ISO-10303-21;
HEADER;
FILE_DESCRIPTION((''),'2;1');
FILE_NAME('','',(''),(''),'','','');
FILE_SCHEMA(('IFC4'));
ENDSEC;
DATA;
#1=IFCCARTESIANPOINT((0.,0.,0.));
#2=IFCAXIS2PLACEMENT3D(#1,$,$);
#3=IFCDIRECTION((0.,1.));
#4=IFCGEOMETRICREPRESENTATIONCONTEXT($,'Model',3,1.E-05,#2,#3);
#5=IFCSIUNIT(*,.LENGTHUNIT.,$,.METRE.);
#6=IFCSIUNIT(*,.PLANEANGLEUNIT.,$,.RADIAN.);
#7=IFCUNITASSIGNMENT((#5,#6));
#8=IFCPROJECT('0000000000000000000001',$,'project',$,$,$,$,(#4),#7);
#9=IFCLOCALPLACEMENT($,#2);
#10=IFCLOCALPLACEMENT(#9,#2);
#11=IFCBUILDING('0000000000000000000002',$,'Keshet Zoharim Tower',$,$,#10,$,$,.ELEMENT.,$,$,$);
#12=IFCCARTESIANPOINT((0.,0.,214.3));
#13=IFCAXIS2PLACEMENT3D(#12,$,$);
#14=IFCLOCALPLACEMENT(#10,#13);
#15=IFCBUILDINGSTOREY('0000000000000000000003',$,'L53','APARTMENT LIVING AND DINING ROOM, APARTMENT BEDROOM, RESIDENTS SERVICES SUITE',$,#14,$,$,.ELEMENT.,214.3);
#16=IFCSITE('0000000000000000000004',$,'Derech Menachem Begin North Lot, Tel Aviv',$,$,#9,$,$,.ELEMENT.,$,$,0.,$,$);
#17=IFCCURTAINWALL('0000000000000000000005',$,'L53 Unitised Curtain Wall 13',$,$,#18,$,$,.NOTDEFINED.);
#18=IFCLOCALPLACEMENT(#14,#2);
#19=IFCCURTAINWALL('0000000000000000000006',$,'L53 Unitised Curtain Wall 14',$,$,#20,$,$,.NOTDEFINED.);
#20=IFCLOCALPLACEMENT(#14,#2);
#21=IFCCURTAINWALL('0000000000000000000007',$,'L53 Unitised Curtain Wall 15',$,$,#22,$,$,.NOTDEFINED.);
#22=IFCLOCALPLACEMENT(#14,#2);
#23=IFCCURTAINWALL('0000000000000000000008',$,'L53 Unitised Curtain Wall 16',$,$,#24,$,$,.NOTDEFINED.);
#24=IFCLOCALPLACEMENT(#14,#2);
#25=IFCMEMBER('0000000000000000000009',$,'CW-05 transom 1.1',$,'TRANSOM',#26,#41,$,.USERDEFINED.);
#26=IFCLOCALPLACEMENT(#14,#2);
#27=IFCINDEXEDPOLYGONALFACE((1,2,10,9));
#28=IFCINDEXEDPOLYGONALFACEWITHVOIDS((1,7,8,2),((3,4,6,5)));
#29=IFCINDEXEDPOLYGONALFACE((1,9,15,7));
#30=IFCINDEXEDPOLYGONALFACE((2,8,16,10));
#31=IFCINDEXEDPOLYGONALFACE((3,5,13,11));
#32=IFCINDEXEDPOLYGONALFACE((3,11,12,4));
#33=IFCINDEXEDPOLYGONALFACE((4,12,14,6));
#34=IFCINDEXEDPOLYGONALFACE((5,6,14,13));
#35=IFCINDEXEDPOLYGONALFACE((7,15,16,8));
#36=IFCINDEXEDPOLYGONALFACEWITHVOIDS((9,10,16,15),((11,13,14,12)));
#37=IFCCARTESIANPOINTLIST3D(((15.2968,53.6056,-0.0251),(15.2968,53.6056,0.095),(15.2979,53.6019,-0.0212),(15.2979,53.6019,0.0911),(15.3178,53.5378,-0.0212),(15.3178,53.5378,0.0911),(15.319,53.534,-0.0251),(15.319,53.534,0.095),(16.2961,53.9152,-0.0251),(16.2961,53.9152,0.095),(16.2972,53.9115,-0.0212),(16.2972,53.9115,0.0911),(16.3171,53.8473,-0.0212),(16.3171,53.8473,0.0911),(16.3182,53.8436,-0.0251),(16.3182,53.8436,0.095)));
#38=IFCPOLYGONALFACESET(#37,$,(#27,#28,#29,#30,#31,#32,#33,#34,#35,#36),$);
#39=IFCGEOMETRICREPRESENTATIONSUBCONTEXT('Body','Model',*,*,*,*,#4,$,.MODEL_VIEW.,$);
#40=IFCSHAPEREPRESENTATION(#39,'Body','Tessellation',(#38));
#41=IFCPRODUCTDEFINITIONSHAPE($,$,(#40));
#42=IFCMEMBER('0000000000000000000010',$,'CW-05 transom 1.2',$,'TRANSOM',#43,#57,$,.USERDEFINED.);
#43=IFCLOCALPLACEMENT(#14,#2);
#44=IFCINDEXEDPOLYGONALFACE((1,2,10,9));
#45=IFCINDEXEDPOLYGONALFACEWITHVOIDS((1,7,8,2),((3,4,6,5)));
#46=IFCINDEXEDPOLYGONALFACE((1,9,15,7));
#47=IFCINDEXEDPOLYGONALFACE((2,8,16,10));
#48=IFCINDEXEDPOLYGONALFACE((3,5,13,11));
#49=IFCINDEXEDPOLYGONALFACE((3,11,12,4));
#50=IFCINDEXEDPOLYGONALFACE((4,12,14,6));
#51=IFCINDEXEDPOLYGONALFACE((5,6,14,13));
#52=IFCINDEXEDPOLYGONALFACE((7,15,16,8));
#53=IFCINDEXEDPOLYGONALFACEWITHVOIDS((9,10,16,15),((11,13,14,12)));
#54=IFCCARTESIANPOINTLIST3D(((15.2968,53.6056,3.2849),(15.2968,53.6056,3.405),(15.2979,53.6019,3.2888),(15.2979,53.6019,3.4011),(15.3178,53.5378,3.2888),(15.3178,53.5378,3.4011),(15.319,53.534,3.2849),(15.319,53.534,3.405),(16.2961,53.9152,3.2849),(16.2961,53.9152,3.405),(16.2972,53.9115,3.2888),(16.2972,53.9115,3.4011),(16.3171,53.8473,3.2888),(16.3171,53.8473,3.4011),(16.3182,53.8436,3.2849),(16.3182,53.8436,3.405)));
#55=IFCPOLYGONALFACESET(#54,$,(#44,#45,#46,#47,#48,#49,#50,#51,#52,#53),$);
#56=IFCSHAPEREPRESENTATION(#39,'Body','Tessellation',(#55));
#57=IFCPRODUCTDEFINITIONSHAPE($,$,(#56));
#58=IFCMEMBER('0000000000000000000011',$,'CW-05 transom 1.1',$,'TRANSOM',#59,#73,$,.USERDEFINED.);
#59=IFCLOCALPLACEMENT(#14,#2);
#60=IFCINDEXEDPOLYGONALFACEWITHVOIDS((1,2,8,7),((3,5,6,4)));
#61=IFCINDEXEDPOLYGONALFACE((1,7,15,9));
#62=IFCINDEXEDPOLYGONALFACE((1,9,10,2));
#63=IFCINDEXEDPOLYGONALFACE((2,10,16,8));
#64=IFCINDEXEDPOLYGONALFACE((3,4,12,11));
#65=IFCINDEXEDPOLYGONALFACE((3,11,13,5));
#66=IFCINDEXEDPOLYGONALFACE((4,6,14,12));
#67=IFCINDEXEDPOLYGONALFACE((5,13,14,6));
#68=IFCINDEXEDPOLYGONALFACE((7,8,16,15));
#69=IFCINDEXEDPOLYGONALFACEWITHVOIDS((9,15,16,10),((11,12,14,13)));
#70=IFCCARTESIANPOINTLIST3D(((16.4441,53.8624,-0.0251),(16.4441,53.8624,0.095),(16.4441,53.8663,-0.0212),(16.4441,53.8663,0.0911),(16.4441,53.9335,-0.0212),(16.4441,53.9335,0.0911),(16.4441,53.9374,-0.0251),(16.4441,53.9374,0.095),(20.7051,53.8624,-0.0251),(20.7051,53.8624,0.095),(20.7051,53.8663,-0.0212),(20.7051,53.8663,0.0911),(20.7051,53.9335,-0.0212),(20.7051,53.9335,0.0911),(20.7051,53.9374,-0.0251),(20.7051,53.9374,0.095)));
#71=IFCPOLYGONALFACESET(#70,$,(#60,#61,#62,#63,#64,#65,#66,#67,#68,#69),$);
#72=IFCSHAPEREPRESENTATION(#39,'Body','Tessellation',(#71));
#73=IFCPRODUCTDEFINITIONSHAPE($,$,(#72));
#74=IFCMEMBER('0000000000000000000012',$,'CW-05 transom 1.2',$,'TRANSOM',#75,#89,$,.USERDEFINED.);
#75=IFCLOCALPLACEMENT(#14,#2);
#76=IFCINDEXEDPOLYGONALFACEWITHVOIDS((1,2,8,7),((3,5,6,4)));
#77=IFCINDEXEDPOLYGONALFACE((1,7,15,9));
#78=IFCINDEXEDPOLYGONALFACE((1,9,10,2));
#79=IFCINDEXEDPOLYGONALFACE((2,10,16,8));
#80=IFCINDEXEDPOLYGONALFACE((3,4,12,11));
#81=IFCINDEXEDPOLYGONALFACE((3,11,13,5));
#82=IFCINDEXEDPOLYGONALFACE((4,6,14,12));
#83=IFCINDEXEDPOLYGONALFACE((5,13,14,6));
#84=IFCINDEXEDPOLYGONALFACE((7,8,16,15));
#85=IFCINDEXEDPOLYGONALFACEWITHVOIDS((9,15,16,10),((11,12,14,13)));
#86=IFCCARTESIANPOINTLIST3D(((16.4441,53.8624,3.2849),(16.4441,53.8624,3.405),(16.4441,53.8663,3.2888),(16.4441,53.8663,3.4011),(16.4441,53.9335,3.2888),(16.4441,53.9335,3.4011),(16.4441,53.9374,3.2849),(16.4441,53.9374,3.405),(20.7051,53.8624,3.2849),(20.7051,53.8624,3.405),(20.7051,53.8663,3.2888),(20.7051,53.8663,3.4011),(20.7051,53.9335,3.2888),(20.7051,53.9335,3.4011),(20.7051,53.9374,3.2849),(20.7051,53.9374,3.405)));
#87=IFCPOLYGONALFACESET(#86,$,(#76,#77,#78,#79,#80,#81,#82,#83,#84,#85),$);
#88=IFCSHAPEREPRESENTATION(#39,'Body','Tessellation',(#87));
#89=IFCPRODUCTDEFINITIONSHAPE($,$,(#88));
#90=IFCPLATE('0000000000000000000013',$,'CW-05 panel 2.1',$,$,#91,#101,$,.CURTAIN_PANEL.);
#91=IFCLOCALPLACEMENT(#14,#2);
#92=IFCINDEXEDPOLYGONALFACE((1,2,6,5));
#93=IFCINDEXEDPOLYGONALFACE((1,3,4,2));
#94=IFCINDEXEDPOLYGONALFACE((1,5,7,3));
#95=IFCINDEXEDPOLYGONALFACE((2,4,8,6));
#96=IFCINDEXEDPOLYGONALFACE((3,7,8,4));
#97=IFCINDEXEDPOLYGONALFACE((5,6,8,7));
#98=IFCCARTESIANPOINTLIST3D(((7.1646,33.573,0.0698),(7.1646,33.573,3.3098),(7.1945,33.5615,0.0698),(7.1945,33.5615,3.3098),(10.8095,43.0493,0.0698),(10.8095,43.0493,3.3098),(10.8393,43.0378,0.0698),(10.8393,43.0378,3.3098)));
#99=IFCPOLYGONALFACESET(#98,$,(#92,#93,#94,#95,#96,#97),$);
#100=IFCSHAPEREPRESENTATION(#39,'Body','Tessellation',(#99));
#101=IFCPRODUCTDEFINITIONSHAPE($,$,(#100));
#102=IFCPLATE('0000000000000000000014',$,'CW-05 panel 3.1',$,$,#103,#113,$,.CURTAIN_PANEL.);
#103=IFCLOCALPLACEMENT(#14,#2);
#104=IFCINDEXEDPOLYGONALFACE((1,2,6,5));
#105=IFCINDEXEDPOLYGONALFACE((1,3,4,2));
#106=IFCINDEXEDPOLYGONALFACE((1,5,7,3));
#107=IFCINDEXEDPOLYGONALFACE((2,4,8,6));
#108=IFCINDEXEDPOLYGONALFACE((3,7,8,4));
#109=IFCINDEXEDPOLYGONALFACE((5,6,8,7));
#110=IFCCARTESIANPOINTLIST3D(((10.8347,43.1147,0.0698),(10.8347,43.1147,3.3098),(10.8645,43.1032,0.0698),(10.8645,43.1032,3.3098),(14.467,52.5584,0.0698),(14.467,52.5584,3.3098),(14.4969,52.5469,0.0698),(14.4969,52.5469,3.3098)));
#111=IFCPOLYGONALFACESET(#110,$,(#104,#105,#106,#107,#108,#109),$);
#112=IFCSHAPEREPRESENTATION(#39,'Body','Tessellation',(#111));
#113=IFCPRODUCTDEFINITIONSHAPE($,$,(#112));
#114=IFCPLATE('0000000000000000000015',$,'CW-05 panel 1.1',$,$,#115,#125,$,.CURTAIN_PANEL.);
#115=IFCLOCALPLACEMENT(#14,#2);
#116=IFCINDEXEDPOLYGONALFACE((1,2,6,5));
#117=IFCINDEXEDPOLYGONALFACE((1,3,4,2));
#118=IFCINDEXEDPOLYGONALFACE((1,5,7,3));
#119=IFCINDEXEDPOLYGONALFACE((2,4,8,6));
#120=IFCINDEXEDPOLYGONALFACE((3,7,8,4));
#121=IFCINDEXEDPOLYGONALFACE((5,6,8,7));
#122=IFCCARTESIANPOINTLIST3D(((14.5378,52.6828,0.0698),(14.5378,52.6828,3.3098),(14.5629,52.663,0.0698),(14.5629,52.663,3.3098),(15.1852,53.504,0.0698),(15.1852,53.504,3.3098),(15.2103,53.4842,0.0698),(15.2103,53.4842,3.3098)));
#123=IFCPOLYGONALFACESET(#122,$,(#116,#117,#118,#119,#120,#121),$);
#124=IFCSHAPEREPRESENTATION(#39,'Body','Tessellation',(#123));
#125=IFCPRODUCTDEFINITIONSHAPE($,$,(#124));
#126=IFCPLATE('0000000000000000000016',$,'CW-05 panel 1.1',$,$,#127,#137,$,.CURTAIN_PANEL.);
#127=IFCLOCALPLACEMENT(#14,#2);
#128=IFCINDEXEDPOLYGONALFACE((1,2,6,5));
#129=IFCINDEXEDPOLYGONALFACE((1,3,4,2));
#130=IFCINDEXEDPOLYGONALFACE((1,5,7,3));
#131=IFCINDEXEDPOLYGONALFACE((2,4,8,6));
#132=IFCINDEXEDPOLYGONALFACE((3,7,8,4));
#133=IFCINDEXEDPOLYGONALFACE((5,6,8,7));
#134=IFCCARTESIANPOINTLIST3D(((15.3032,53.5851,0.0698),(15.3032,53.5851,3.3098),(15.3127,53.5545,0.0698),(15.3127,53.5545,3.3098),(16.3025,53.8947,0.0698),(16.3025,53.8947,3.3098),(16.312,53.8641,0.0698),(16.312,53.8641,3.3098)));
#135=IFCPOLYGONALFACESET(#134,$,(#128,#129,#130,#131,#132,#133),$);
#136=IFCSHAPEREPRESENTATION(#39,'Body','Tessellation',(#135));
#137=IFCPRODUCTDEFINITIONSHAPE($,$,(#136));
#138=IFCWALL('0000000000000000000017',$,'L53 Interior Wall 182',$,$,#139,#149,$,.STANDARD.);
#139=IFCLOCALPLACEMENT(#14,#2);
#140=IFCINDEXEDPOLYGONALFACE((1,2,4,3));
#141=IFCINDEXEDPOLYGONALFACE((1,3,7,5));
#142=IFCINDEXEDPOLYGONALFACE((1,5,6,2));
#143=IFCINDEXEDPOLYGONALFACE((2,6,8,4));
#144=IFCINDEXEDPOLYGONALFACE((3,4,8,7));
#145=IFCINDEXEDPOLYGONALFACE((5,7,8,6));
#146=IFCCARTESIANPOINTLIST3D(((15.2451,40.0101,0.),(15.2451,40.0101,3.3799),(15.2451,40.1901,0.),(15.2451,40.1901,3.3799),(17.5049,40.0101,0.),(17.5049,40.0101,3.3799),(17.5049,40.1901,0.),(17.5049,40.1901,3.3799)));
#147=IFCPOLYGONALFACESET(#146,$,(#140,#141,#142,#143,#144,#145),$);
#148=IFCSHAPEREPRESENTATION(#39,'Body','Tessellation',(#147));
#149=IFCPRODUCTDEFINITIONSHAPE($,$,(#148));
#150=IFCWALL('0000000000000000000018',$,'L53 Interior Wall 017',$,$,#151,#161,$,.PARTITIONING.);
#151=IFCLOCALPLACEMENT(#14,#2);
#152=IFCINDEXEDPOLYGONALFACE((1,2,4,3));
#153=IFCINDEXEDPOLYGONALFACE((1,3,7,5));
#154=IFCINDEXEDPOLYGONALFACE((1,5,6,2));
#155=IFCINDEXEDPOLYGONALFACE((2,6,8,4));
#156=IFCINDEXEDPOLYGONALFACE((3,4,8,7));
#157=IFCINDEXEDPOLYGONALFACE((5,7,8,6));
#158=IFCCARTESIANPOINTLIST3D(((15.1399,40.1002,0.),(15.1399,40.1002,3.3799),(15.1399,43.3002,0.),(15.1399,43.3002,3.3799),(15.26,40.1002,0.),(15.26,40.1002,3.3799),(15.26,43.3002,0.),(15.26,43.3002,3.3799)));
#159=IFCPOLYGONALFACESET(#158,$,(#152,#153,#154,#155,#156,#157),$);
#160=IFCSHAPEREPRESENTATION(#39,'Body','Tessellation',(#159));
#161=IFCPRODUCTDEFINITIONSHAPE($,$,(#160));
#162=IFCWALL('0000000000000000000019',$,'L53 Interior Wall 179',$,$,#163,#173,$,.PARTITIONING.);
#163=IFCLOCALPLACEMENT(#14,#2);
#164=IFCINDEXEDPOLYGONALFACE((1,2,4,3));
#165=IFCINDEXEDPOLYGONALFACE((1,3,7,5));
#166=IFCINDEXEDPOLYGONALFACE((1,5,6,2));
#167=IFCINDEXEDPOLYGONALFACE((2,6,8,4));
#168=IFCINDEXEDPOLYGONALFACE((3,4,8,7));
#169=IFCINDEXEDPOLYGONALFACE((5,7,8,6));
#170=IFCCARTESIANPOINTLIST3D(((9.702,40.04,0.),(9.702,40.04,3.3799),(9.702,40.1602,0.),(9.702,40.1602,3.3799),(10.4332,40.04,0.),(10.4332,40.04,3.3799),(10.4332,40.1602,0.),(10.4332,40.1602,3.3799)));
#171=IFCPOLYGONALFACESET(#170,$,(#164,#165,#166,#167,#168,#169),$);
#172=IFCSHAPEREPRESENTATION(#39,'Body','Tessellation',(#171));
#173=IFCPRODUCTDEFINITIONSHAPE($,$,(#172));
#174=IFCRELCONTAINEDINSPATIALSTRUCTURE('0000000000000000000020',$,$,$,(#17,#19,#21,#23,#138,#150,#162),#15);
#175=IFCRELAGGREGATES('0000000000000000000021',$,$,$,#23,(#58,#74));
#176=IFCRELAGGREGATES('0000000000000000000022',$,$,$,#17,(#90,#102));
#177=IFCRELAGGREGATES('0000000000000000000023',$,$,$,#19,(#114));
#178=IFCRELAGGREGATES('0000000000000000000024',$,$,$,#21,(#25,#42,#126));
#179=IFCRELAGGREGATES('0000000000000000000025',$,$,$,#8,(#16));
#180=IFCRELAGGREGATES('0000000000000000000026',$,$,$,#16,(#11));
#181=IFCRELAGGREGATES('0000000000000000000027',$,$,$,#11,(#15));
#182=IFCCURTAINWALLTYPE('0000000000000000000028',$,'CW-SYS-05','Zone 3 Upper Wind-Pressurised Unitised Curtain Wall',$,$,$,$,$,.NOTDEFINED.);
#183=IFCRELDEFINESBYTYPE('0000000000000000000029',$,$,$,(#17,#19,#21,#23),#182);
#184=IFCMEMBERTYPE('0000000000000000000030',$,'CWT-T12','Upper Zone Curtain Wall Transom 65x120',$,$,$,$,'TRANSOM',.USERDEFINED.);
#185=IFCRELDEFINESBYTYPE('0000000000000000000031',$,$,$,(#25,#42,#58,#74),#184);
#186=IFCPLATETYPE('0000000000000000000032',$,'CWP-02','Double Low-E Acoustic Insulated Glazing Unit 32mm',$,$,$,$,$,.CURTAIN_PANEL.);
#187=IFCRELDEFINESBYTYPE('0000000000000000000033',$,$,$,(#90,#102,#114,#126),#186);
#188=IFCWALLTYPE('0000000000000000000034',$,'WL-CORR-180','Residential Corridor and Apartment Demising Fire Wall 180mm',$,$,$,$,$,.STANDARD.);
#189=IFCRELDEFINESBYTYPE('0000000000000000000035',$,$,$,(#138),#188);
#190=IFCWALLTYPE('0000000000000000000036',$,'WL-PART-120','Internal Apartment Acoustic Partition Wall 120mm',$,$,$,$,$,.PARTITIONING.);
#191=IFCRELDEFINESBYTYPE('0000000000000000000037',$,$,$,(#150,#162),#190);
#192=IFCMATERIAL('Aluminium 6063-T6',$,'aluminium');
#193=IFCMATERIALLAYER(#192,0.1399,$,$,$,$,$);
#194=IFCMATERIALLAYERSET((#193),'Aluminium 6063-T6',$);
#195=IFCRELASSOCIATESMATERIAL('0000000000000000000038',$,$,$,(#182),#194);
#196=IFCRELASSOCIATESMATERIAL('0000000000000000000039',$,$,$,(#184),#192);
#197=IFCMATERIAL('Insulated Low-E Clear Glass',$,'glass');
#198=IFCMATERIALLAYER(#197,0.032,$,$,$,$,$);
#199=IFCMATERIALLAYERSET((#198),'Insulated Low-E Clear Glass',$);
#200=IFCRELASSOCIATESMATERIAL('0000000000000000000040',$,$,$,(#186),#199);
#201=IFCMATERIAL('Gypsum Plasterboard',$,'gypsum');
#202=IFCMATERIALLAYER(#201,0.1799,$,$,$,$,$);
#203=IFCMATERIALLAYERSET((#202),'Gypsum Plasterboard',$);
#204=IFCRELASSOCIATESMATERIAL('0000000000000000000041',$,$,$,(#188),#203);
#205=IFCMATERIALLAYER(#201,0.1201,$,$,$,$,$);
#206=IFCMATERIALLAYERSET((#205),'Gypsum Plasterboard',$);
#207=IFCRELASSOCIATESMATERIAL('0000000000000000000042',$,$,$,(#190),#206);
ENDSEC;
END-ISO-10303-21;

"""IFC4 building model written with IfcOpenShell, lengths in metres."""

from ifc_helpers import new_model, si_unit, direction, frame, frame_2d, origin, origin_2d, place, context, subcontext, project, spatial, rectangle, hollow_rectangle, extrude, material, layer, layer_set, material_profile, profile_set, type_object, element, aggregate, save


model = new_model("IFC4")

# Units and contexts
model_context = context("Model", 3, precision=1e-05, world=origin(), true_north=direction((0.0, 1.0)))
body_context = subcontext(model_context, "Body", "Model", "MODEL_VIEW")
ifc_project = project(units=[si_unit("LENGTHUNIT", "METRE"), si_unit("PLANEANGLEUNIT", "RADIAN")], contexts=[model_context])

# Site, building, storey
site_placement = place(None, origin())
site = spatial("IfcSite", under=ifc_project, at=site_placement, Name="Derech Menachem Begin North Lot, Tel Aviv", CompositionType="ELEMENT", RefElevation=0.0)
building_placement = place(site_placement, origin())
building = spatial("IfcBuilding", under=site, at=building_placement, Name="Keshet Zoharim Tower", CompositionType="ELEMENT")
storey_placement = place(building_placement, frame((0.0, 0.0, 214.3)))
storey = spatial("IfcBuildingStorey", under=building, at=storey_placement, Name="L53", Description="APARTMENT LIVING AND DINING ROOM, APARTMENT BEDROOM, RESIDENTS SERVICES SUITE", CompositionType="ELEMENT", Elevation=214.3)

# Curtain walls
ifc_material_1 = material(Name="Aluminium 6063-T6", Category="aluminium")
ifc_layer_1 = layer(ifc_material_1, 0.1399)
ifc_layer_set_1 = layer_set([ifc_layer_1], Name="Aluminium 6063-T6")
curtain_wall_type = type_object("IfcCurtainWallType", Name="CW-SYS-05", Description="Zone 3 Upper Wind-Pressurised Unitised Curtain Wall", PredefinedType="NOTDEFINED", material=ifc_layer_set_1)
curtain_wall_1_placement = place(storey_placement, origin())
curtain_wall_1 = element("IfcCurtainWall", 1, at=curtain_wall_1_placement, inside=storey, type_object=curtain_wall_type, Name="L53 Unitised Curtain Wall 13", PredefinedType="NOTDEFINED")
curtain_wall_2_placement = place(storey_placement, origin())
curtain_wall_2 = element("IfcCurtainWall", 2, at=curtain_wall_2_placement, inside=storey, type_object=curtain_wall_type, Name="L53 Unitised Curtain Wall 14", PredefinedType="NOTDEFINED")
curtain_wall_3_placement = place(storey_placement, origin())
curtain_wall_3 = element("IfcCurtainWall", 3, at=curtain_wall_3_placement, inside=storey, type_object=curtain_wall_type, Name="L53 Unitised Curtain Wall 15", PredefinedType="NOTDEFINED")

# Curtain wall
curtain_wall_4_placement = place(storey_placement, origin())
curtain_wall_4 = element("IfcCurtainWall", 4, at=curtain_wall_4_placement, inside=storey, type_object=curtain_wall_type, Name="L53 Unitised Curtain Wall 16", PredefinedType="NOTDEFINED")

# Members
ifc_material_profile_1 = material_profile(ifc_material_1, hollow_rectangle(XDim=0.075, YDim=0.1201, WallThickness=0.0039, at=origin_2d()), Name="TRN-75x120")
ifc_profile_set_1 = profile_set([ifc_material_profile_1], Name="Aluminium 6063-T6")
member_type_1 = type_object("IfcMemberType", Name="CWT-T12", Description="Upper Zone Curtain Wall Transom 65x120", ElementType="TRANSOM", PredefinedType="USERDEFINED", material=ifc_profile_set_1)
member_1_placement = place(storey_placement, frame((15.3079, 53.5698, 0.0349), z_axis=(0.955212, 0.295922, 0.0), x_axis=(-0.295922, 0.955212, 0.0)))
member_1 = element("IfcMember", 5, at=member_1_placement, type_object=member_type_1, Name="CW-05 transom 1.1", ObjectType="TRANSOM", PredefinedType="USERDEFINED", context=body_context, shape_type="SweptSolid", body=[
    extrude(hollow_rectangle(XDim=0.075, YDim=0.1201, WallThickness=0.0039, at=origin_2d()), origin(), (0.0, 0.0, 1.0), 1.0461),
])
member_2_placement = place(storey_placement, frame((15.3079, 53.5698, 3.345), z_axis=(0.955212, 0.295922, 0.0), x_axis=(-0.295922, 0.955212, 0.0)))
member_2 = element("IfcMember", 6, at=member_2_placement, type_object=member_type_1, Name="CW-05 transom 1.2", ObjectType="TRANSOM", PredefinedType="USERDEFINED", context=body_context, shape_type="SweptSolid", body=[
    extrude(hollow_rectangle(XDim=0.075, YDim=0.1201, WallThickness=0.0039, at=origin_2d()), origin(), (0.0, 0.0, 1.0), 1.0461),
])
member_3_placement = place(storey_placement, frame((16.4441, 53.8999, 0.0349), z_axis=(1.0, 0.0, 0.0), x_axis=(0.0, 1.0, 0.0)))
member_3 = element("IfcMember", 7, at=member_3_placement, type_object=member_type_1, Name="CW-05 transom 1.1", ObjectType="TRANSOM", PredefinedType="USERDEFINED", context=body_context, shape_type="SweptSolid", body=[
    extrude(hollow_rectangle(XDim=0.075, YDim=0.1201, WallThickness=0.0039, at=origin_2d()), origin(), (0.0, 0.0, 1.0), 4.261),
])
member_4_placement = place(storey_placement, frame((16.4441, 53.8999, 3.345), z_axis=(1.0, 0.0, 0.0), x_axis=(0.0, 1.0, 0.0)))
member_4 = element("IfcMember", 8, at=member_4_placement, type_object=member_type_1, Name="CW-05 transom 1.2", ObjectType="TRANSOM", PredefinedType="USERDEFINED", context=body_context, shape_type="SweptSolid", body=[
    extrude(hollow_rectangle(XDim=0.075, YDim=0.1201, WallThickness=0.0039, at=origin_2d()), origin(), (0.0, 0.0, 1.0), 4.261),
])
aggregate(curtain_wall_4, [member_3, member_4])

# Plates
ifc_material_2 = material(Name="Insulated Low-E Clear Glass", Category="glass")
ifc_layer_2 = layer(ifc_material_2, 0.032)
ifc_layer_set_2 = layer_set([ifc_layer_2], Name="Insulated Low-E Clear Glass")
plate_type = type_object("IfcPlateType", Name="CWP-02", Description="Double Low-E Acoustic Insulated Glazing Unit 32mm", PredefinedType="CURTAIN_PANEL", material=ifc_layer_set_2)
plate_1_placement = place(storey_placement, frame((9.002, 38.3054, 0.0698), z_axis=(0.0, 0.0, 1.0), x_axis=(0.35899, 0.933341, 0.0)))
plate_1 = element("IfcPlate", 9, at=plate_1_placement, type_object=plate_type, Name="CW-05 panel 2.1", PredefinedType="CURTAIN_PANEL", context=body_context, shape_type="SweptSolid", body=[
    extrude(rectangle(XDim=10.1531, YDim=0.032, at=origin_2d()), origin(), (0.0, 0.0, 1.0), 3.24),
])
plate_2_placement = place(storey_placement, frame((12.6658, 47.8308, 0.0698), z_axis=(0.0, 0.0, 1.0), x_axis=(0.35899, 0.933341, 0.0)))
plate_2 = element("IfcPlate", 10, at=plate_2_placement, type_object=plate_type, Name="CW-05 panel 3.1", PredefinedType="CURTAIN_PANEL", context=body_context, shape_type="SweptSolid", body=[
    extrude(rectangle(XDim=10.1182, YDim=0.032, at=origin_2d()), origin(), (0.0, 0.0, 1.0), 3.24),
])
aggregate(curtain_wall_1, [plate_1, plate_2])
plate_3_placement = place(storey_placement, frame((14.874, 53.0835, 0.0698), z_axis=(0.0, 0.0, 1.0), x_axis=(0.619125, 0.785293, 0.0)))
plate_3 = element("IfcPlate", 11, at=plate_3_placement, type_object=plate_type, Name="CW-05 panel 1.1", PredefinedType="CURTAIN_PANEL", context=body_context, shape_type="SweptSolid", body=[
    extrude(rectangle(XDim=1.0457, YDim=0.032, at=origin_2d()), origin(), (0.0, 0.0, 1.0), 3.24),
])
aggregate(curtain_wall_2, [plate_3])
plate_4_placement = place(storey_placement, frame((15.8076, 53.7246, 0.0698), z_axis=(0.0, 0.0, 1.0), x_axis=(0.955212, 0.295922, 0.0)))
plate_4 = element("IfcPlate", 12, at=plate_4_placement, type_object=plate_type, Name="CW-05 panel 1.1", PredefinedType="CURTAIN_PANEL", context=body_context, shape_type="SweptSolid", body=[
    extrude(rectangle(XDim=1.0461, YDim=0.032, at=origin_2d()), origin(), (0.0, 0.0, 1.0), 3.24),
])
aggregate(curtain_wall_3, [member_1, member_2, plate_4])

# Shared definitions
ifc_material_3 = material(Name="Gypsum Plasterboard", Category="gypsum")
ifc_layer_3 = layer(ifc_material_3, 0.1799)
ifc_layer_set_3 = layer_set([ifc_layer_3], Name="Gypsum Plasterboard")
wall_type_1 = type_object("IfcWallType", Name="WL-CORR-180", Description="Residential Corridor and Apartment Demising Fire Wall 180mm", PredefinedType="STANDARD", material=ifc_layer_set_3)

# Walls
wall_1_placement = place(storey_placement, frame((15.2451, 40.1001, 0.0), z_axis=(0.0, 0.0, 1.0), x_axis=(1.0, 0.0, 0.0)))
element("IfcWall", 13, at=wall_1_placement, inside=storey, type_object=wall_type_1, Name="L53 Interior Wall 182", PredefinedType="STANDARD", context=body_context, shape_type="SweptSolid", body=[
    extrude(rectangle(XDim=2.2598, YDim=0.1799, at=frame_2d((1.1299, 0.0))), origin(), (0.0, 0.0, 1.0), 3.3799),
])
ifc_layer_4 = layer(ifc_material_3, 0.1201)
ifc_layer_set_4 = layer_set([ifc_layer_4], Name="Gypsum Plasterboard")
wall_type_2 = type_object("IfcWallType", Name="WL-PART-120", Description="Internal Apartment Acoustic Partition Wall 120mm", PredefinedType="PARTITIONING", material=ifc_layer_set_4)
wall_2_placement = place(storey_placement, frame((15.2, 40.1001, 0.0), z_axis=(0.0, 0.0, 1.0), x_axis=(0.0, 1.0, 0.0)))
element("IfcWall", 14, at=wall_2_placement, inside=storey, type_object=wall_type_2, Name="L53 Interior Wall 017", PredefinedType="PARTITIONING", context=body_context, shape_type="SweptSolid", body=[
    extrude(rectangle(XDim=3.2, YDim=0.1201, at=frame_2d((1.6001, 0.0))), origin(), (0.0, 0.0, 1.0), 3.3799),
])

# Wall
wall_3_placement = place(storey_placement, frame((9.7019, 40.1001, 0.0), z_axis=(0.0, 0.0, 1.0), x_axis=(1.0, 0.0, 0.0)))
element("IfcWall", 15, at=wall_3_placement, inside=storey, type_object=wall_type_2, Name="L53 Interior Wall 179", PredefinedType="PARTITIONING", context=body_context, shape_type="SweptSolid", body=[
    extrude(rectangle(XDim=0.7312, YDim=0.1201, at=frame_2d((0.3657, 0.0))), origin(), (0.0, 0.0, 1.0), 3.3799),
])

save(model, "model.ifc")
